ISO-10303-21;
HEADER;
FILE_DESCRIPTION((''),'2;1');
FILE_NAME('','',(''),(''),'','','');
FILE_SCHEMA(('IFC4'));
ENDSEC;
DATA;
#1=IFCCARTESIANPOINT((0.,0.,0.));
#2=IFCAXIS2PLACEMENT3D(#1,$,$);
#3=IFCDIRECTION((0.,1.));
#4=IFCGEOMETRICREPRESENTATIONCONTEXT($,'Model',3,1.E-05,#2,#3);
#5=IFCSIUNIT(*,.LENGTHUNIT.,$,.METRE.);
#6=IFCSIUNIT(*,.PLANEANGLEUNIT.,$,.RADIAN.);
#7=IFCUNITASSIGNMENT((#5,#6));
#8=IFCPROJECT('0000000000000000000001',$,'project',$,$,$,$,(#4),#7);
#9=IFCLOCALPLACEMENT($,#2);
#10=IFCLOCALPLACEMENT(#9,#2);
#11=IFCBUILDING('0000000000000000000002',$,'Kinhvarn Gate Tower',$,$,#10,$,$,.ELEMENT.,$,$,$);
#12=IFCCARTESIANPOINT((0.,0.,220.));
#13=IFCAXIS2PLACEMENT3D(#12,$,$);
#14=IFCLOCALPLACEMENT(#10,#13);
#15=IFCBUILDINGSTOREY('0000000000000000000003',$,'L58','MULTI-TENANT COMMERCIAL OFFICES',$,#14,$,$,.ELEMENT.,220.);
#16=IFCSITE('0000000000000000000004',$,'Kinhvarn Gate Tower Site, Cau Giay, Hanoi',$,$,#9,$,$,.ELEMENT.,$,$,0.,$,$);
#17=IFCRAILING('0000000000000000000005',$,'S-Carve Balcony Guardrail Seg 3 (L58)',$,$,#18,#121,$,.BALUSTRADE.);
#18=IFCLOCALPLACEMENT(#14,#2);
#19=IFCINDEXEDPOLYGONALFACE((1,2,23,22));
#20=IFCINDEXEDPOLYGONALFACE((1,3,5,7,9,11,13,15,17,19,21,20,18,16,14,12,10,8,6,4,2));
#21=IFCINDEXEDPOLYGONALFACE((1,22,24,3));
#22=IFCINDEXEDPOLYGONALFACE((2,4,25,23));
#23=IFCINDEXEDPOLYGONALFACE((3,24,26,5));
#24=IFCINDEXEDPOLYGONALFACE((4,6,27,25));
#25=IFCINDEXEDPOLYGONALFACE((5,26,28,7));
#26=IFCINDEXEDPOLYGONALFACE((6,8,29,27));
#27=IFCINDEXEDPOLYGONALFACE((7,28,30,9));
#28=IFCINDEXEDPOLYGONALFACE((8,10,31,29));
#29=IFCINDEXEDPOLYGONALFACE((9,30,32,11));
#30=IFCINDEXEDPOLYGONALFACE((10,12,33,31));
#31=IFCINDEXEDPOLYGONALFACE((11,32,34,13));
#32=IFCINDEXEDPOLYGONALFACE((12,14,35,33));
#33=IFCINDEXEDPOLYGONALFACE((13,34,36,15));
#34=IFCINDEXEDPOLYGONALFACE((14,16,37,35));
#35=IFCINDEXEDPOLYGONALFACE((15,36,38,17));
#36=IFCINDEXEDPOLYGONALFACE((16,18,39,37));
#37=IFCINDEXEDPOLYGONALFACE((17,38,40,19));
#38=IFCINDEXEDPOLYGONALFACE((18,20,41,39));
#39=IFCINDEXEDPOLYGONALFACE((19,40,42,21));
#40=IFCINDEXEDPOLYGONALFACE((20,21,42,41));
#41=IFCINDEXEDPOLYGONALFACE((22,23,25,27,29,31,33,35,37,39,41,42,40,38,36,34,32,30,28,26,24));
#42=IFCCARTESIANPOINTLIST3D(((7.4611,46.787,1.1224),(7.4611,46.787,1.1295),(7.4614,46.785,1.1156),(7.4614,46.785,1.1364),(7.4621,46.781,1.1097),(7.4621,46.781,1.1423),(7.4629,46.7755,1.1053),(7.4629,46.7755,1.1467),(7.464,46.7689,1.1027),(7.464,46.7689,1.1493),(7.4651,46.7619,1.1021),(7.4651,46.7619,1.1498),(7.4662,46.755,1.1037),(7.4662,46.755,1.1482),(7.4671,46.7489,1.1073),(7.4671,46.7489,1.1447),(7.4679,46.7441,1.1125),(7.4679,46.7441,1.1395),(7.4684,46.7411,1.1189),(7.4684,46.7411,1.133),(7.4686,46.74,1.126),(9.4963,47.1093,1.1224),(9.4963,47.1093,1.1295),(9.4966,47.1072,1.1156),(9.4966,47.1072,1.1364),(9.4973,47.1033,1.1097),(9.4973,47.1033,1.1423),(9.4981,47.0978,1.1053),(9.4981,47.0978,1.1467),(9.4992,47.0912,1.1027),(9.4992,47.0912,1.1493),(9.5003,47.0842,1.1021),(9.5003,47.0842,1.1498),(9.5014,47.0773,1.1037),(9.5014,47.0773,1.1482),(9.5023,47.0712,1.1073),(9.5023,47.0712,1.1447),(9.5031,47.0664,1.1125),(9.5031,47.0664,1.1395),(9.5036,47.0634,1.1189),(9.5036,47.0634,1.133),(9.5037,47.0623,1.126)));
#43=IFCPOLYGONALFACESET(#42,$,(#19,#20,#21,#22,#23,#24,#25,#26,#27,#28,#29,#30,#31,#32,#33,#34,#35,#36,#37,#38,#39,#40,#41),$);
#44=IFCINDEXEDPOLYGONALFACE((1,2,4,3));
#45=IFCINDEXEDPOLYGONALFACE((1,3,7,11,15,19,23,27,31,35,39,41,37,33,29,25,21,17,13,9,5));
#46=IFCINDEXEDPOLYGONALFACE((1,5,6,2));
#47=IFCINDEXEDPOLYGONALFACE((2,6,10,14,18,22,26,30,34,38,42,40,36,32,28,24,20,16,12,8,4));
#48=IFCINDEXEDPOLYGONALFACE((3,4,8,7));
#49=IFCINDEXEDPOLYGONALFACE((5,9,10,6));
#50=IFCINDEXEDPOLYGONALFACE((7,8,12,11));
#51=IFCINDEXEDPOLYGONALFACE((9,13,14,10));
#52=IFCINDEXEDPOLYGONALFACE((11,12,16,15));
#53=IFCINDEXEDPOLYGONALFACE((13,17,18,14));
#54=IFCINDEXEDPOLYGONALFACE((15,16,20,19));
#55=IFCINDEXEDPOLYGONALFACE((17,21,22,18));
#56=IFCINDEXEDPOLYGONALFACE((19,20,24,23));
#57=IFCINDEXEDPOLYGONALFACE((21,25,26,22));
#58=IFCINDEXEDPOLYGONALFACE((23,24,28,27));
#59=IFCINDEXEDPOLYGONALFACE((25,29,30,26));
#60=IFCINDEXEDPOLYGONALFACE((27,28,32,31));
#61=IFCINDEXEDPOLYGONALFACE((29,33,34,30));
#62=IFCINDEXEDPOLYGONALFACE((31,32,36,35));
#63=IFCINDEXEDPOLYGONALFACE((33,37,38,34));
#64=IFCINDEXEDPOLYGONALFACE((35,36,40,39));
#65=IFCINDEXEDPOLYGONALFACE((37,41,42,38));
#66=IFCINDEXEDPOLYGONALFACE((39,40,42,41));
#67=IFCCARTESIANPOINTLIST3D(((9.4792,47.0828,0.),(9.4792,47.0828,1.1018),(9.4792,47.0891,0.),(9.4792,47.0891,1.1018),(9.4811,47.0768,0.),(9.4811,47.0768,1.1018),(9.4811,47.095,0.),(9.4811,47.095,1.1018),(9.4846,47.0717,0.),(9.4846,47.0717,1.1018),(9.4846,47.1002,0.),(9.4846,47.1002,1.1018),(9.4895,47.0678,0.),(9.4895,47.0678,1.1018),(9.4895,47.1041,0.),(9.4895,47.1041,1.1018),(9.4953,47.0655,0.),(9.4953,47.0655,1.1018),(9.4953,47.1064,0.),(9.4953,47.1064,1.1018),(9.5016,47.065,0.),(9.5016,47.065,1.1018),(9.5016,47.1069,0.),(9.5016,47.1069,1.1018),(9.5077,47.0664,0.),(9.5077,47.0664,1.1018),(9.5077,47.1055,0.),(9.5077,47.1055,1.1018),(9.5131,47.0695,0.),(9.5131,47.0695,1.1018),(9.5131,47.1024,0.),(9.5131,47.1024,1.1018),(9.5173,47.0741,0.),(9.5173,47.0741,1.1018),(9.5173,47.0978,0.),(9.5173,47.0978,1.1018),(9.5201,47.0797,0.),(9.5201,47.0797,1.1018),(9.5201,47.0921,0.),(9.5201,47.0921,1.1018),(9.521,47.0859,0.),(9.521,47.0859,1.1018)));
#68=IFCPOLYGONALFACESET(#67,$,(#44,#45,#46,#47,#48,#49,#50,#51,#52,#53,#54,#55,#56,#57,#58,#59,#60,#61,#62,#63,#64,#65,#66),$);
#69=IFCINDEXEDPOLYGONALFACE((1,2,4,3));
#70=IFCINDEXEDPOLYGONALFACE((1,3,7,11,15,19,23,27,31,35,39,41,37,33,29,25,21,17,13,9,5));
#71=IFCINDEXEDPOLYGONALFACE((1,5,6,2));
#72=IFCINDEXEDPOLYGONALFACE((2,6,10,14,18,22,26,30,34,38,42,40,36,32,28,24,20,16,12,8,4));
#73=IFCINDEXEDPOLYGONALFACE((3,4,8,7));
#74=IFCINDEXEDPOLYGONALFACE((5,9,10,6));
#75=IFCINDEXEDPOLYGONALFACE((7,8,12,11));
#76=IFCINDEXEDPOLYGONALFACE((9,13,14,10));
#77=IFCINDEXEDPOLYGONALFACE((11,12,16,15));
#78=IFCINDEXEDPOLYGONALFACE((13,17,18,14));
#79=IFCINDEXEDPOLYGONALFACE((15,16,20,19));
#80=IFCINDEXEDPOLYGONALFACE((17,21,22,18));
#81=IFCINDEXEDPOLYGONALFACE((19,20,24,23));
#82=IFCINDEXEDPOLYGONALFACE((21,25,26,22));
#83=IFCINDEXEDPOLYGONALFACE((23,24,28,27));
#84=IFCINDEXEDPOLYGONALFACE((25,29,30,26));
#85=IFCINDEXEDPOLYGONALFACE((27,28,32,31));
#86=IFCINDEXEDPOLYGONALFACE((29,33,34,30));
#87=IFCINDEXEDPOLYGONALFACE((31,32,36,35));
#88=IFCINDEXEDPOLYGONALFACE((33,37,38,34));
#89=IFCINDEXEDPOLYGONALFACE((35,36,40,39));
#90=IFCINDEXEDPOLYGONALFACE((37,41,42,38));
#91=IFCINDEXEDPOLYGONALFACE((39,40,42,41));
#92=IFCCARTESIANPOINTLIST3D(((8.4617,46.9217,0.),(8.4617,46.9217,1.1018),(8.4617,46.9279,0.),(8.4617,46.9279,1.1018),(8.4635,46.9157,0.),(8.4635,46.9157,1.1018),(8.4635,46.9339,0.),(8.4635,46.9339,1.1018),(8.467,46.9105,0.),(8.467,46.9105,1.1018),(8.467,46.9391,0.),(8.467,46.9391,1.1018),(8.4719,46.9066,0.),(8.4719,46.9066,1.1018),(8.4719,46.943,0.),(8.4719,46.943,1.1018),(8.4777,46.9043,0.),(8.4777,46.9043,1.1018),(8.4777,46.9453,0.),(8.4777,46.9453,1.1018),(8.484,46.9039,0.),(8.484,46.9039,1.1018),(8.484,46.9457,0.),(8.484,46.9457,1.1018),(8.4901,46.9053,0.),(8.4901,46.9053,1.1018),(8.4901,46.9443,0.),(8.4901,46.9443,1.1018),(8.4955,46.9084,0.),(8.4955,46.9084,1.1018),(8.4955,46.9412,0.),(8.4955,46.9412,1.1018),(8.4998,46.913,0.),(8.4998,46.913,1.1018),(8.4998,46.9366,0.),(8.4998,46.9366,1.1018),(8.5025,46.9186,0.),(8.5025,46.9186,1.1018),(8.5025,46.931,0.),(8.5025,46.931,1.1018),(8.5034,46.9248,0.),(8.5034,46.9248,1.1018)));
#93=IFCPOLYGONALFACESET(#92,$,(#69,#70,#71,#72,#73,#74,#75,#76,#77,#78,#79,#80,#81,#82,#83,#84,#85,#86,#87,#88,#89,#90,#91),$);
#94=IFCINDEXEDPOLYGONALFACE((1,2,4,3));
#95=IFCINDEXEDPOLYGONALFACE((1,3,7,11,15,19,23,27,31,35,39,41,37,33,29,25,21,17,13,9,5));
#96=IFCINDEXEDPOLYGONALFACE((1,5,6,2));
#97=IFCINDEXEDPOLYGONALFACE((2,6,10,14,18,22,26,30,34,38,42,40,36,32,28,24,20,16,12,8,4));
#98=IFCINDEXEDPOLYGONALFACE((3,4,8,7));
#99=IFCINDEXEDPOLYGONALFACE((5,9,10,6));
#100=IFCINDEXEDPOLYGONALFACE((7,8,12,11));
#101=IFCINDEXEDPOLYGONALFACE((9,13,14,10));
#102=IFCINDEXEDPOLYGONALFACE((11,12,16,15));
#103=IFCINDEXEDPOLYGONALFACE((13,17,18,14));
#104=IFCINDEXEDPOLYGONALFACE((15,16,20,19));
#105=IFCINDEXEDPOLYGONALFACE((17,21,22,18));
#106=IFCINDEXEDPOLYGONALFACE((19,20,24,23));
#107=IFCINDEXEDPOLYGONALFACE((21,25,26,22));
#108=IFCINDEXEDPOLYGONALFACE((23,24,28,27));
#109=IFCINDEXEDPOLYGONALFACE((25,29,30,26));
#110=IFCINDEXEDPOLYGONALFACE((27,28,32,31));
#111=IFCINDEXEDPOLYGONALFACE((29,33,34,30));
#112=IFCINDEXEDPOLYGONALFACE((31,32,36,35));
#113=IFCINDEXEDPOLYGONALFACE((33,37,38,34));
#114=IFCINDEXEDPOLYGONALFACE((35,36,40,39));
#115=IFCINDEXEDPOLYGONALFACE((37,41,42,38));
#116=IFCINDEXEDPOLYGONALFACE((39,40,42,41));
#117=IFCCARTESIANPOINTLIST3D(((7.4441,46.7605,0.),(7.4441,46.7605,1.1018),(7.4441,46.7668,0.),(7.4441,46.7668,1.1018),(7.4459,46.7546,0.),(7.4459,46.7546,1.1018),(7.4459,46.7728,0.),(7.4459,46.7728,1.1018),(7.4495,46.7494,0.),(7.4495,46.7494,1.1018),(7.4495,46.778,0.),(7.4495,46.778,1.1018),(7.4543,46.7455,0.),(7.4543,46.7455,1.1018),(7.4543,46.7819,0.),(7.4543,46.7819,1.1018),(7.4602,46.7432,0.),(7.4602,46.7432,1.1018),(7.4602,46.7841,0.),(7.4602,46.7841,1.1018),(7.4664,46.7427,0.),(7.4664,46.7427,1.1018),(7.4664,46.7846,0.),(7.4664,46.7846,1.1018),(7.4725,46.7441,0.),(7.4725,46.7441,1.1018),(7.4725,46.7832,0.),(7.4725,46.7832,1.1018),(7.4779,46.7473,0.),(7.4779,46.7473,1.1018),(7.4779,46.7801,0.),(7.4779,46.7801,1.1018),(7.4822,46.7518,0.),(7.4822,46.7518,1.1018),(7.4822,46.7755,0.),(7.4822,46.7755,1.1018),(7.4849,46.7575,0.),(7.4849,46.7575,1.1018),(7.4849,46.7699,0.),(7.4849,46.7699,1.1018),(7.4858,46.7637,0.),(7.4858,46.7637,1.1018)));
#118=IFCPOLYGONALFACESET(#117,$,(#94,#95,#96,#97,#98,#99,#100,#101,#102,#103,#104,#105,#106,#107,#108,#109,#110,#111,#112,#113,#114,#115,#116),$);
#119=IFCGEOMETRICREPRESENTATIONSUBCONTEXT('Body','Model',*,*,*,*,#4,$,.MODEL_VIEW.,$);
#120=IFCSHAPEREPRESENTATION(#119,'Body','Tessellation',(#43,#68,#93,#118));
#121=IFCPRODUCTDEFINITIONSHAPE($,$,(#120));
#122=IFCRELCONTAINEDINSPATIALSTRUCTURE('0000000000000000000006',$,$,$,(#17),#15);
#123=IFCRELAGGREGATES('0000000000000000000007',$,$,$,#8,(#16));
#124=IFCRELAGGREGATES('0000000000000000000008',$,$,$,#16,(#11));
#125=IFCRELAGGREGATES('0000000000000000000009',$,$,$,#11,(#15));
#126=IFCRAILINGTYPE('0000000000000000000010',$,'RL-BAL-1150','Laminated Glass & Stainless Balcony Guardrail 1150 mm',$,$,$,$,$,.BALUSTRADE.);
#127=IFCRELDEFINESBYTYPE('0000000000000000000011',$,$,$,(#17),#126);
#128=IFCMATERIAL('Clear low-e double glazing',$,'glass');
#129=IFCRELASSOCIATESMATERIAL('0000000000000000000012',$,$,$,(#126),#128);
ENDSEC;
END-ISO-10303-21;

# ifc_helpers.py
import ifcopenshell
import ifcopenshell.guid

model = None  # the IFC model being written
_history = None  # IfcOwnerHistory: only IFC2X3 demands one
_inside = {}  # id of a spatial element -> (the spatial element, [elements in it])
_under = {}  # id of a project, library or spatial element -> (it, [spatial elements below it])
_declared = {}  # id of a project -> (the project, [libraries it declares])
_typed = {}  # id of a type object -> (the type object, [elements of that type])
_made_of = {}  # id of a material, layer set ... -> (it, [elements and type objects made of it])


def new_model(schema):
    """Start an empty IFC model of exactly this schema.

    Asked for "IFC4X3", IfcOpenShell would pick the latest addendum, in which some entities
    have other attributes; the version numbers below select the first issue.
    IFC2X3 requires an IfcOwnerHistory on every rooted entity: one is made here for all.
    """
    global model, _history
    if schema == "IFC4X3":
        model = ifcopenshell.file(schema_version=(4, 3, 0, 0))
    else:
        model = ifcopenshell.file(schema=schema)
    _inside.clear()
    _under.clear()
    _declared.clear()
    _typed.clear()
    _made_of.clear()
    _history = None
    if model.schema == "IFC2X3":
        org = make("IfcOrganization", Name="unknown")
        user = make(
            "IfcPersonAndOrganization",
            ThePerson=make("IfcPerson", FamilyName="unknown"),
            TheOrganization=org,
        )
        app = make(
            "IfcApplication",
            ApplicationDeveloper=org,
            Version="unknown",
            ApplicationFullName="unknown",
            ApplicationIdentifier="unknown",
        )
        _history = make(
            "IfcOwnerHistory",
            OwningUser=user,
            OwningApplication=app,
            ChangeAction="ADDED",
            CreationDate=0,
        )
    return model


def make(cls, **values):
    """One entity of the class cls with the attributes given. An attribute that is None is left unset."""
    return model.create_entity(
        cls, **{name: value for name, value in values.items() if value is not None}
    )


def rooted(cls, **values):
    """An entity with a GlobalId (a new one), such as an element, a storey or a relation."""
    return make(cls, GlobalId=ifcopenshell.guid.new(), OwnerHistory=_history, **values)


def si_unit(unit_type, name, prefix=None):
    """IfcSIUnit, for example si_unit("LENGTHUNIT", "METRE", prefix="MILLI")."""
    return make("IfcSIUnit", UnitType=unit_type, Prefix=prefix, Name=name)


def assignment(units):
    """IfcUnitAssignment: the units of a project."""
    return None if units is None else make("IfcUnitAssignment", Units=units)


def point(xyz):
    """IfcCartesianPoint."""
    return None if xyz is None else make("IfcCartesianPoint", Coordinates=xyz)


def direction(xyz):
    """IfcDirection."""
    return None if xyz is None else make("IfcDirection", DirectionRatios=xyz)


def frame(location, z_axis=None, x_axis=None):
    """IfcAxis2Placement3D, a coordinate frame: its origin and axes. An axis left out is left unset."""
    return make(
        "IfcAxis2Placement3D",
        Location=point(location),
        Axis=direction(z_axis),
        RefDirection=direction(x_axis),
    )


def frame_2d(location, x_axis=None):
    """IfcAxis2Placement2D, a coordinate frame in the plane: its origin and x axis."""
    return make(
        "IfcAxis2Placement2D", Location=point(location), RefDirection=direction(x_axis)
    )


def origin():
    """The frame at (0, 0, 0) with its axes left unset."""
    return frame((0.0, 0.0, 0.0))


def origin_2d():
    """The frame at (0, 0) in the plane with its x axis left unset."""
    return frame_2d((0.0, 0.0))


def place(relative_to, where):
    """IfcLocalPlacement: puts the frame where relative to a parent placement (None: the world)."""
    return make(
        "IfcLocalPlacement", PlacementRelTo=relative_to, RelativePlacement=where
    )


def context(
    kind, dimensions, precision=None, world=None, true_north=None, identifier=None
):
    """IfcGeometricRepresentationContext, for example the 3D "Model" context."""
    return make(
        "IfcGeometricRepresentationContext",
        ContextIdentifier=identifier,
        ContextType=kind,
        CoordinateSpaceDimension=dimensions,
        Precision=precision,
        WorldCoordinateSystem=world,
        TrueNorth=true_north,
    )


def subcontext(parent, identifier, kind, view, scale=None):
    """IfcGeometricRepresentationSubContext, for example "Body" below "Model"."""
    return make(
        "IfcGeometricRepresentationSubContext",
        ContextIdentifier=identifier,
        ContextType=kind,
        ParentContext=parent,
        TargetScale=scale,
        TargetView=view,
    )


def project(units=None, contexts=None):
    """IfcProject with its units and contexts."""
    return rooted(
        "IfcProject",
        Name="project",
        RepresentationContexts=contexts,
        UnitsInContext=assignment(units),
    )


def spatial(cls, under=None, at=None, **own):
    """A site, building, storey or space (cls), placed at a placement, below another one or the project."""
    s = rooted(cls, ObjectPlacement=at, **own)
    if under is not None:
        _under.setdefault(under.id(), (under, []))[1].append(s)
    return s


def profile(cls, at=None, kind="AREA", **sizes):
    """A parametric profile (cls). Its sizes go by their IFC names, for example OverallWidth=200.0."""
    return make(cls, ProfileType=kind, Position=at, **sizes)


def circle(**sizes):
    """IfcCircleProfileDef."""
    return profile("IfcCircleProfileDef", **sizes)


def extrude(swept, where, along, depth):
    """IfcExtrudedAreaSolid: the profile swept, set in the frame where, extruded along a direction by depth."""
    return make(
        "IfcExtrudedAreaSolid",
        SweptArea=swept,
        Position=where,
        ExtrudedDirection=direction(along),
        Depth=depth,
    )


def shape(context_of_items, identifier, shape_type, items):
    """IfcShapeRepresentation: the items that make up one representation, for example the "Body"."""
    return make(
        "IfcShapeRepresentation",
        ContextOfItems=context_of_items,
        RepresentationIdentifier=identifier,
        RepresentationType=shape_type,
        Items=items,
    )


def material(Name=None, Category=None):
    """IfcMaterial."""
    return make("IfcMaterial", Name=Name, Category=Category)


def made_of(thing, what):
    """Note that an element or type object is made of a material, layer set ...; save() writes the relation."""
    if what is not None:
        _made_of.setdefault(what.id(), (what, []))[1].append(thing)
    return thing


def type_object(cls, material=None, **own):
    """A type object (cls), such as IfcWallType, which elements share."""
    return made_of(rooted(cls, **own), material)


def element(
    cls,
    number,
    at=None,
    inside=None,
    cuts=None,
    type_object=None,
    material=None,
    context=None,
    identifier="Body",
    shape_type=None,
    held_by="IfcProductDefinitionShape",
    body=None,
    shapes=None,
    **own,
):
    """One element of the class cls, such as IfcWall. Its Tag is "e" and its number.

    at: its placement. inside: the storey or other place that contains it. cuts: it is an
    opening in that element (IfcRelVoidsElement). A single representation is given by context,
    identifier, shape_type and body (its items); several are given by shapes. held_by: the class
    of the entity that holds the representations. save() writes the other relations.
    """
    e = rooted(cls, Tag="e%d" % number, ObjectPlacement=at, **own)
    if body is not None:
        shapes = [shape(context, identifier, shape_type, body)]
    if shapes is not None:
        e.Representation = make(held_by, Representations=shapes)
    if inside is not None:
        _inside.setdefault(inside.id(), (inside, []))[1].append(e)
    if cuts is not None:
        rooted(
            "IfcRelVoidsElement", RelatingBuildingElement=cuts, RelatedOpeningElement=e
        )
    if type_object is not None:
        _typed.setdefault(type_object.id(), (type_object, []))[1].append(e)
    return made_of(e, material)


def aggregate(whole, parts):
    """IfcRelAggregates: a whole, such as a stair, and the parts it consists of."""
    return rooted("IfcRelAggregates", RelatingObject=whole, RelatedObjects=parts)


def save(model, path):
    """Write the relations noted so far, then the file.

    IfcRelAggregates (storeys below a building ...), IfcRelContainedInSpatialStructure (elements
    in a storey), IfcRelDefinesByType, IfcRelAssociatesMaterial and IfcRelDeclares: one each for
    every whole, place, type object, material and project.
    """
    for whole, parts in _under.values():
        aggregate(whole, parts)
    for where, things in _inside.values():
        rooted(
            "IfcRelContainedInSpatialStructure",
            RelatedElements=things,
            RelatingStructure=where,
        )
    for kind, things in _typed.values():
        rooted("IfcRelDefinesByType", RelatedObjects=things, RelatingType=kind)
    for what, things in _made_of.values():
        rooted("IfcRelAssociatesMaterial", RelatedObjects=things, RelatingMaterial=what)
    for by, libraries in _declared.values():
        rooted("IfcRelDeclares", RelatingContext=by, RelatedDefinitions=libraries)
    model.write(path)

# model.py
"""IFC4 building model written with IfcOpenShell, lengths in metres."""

from ifc_helpers import new_model, si_unit, direction, frame, origin, origin_2d, place, context, subcontext, project, spatial, circle, extrude, material, type_object, element, save


model = new_model("IFC4")

# Units and contexts
model_context = context("Model", 3, precision=1e-05, world=origin(), true_north=direction((0.0, 1.0)))
body_context = subcontext(model_context, "Body", "Model", "MODEL_VIEW")
ifc_project = project(units=[si_unit("LENGTHUNIT", "METRE"), si_unit("PLANEANGLEUNIT", "RADIAN")], contexts=[model_context])

# Site, building, storey
site_placement = place(None, origin())
site = spatial("IfcSite", under=ifc_project, at=site_placement, Name="Kinhvarn Gate Tower Site, Cau Giay, Hanoi", CompositionType="ELEMENT", RefElevation=0.0)
building_placement = place(site_placement, origin())
building = spatial("IfcBuilding", under=site, at=building_placement, Name="Kinhvarn Gate Tower", CompositionType="ELEMENT")
storey_placement = place(building_placement, frame((0.0, 0.0, 220.0)))
storey = spatial("IfcBuildingStorey", under=building, at=storey_placement, Name="L58", Description="MULTI-TENANT COMMERCIAL OFFICES", CompositionType="ELEMENT", Elevation=220.0)

# Shared definitions
ifc_material_1 = material(Name="Clear low-e double glazing", Category="glass")

# Railing
railing_type = type_object("IfcRailingType", Name="RL-BAL-1150", Description="Laminated Glass & Stainless Balcony Guardrail 1150 mm", PredefinedType="BALUSTRADE", material=ifc_material_1)
railing_1_placement = place(storey_placement, frame((9.5, 47.0859, 0.0)))
element("IfcRailing", 1, at=railing_1_placement, inside=storey, type_object=railing_type, Name="S-Carve Balcony Guardrail Seg 3 (L58)", PredefinedType="BALUSTRADE", context=body_context, shape_type="SweptSolid", body=[
    extrude(circle(Radius=0.0239, at=origin_2d()), frame((0.0, 0.0, 1.126), z_axis=(-0.987694, -0.156401, 0.0), x_axis=(0.156401, -0.987694, 0.0)), (0.0, 0.0, 1.0), 2.0605),
    extrude(circle(Radius=0.021, at=origin_2d()), origin(), (0.0, 0.0, 1.0), 1.1018),
    extrude(circle(Radius=0.021, at=origin_2d()), frame((-1.0176, -0.1611, 0.0)), (0.0, 0.0, 1.0), 1.1018),
    extrude(circle(Radius=0.021, at=origin_2d()), frame((-2.0352, -0.3223, 0.0)), (0.0, 0.0, 1.0), 1.1018),
])

save(model, "model.ifc")
